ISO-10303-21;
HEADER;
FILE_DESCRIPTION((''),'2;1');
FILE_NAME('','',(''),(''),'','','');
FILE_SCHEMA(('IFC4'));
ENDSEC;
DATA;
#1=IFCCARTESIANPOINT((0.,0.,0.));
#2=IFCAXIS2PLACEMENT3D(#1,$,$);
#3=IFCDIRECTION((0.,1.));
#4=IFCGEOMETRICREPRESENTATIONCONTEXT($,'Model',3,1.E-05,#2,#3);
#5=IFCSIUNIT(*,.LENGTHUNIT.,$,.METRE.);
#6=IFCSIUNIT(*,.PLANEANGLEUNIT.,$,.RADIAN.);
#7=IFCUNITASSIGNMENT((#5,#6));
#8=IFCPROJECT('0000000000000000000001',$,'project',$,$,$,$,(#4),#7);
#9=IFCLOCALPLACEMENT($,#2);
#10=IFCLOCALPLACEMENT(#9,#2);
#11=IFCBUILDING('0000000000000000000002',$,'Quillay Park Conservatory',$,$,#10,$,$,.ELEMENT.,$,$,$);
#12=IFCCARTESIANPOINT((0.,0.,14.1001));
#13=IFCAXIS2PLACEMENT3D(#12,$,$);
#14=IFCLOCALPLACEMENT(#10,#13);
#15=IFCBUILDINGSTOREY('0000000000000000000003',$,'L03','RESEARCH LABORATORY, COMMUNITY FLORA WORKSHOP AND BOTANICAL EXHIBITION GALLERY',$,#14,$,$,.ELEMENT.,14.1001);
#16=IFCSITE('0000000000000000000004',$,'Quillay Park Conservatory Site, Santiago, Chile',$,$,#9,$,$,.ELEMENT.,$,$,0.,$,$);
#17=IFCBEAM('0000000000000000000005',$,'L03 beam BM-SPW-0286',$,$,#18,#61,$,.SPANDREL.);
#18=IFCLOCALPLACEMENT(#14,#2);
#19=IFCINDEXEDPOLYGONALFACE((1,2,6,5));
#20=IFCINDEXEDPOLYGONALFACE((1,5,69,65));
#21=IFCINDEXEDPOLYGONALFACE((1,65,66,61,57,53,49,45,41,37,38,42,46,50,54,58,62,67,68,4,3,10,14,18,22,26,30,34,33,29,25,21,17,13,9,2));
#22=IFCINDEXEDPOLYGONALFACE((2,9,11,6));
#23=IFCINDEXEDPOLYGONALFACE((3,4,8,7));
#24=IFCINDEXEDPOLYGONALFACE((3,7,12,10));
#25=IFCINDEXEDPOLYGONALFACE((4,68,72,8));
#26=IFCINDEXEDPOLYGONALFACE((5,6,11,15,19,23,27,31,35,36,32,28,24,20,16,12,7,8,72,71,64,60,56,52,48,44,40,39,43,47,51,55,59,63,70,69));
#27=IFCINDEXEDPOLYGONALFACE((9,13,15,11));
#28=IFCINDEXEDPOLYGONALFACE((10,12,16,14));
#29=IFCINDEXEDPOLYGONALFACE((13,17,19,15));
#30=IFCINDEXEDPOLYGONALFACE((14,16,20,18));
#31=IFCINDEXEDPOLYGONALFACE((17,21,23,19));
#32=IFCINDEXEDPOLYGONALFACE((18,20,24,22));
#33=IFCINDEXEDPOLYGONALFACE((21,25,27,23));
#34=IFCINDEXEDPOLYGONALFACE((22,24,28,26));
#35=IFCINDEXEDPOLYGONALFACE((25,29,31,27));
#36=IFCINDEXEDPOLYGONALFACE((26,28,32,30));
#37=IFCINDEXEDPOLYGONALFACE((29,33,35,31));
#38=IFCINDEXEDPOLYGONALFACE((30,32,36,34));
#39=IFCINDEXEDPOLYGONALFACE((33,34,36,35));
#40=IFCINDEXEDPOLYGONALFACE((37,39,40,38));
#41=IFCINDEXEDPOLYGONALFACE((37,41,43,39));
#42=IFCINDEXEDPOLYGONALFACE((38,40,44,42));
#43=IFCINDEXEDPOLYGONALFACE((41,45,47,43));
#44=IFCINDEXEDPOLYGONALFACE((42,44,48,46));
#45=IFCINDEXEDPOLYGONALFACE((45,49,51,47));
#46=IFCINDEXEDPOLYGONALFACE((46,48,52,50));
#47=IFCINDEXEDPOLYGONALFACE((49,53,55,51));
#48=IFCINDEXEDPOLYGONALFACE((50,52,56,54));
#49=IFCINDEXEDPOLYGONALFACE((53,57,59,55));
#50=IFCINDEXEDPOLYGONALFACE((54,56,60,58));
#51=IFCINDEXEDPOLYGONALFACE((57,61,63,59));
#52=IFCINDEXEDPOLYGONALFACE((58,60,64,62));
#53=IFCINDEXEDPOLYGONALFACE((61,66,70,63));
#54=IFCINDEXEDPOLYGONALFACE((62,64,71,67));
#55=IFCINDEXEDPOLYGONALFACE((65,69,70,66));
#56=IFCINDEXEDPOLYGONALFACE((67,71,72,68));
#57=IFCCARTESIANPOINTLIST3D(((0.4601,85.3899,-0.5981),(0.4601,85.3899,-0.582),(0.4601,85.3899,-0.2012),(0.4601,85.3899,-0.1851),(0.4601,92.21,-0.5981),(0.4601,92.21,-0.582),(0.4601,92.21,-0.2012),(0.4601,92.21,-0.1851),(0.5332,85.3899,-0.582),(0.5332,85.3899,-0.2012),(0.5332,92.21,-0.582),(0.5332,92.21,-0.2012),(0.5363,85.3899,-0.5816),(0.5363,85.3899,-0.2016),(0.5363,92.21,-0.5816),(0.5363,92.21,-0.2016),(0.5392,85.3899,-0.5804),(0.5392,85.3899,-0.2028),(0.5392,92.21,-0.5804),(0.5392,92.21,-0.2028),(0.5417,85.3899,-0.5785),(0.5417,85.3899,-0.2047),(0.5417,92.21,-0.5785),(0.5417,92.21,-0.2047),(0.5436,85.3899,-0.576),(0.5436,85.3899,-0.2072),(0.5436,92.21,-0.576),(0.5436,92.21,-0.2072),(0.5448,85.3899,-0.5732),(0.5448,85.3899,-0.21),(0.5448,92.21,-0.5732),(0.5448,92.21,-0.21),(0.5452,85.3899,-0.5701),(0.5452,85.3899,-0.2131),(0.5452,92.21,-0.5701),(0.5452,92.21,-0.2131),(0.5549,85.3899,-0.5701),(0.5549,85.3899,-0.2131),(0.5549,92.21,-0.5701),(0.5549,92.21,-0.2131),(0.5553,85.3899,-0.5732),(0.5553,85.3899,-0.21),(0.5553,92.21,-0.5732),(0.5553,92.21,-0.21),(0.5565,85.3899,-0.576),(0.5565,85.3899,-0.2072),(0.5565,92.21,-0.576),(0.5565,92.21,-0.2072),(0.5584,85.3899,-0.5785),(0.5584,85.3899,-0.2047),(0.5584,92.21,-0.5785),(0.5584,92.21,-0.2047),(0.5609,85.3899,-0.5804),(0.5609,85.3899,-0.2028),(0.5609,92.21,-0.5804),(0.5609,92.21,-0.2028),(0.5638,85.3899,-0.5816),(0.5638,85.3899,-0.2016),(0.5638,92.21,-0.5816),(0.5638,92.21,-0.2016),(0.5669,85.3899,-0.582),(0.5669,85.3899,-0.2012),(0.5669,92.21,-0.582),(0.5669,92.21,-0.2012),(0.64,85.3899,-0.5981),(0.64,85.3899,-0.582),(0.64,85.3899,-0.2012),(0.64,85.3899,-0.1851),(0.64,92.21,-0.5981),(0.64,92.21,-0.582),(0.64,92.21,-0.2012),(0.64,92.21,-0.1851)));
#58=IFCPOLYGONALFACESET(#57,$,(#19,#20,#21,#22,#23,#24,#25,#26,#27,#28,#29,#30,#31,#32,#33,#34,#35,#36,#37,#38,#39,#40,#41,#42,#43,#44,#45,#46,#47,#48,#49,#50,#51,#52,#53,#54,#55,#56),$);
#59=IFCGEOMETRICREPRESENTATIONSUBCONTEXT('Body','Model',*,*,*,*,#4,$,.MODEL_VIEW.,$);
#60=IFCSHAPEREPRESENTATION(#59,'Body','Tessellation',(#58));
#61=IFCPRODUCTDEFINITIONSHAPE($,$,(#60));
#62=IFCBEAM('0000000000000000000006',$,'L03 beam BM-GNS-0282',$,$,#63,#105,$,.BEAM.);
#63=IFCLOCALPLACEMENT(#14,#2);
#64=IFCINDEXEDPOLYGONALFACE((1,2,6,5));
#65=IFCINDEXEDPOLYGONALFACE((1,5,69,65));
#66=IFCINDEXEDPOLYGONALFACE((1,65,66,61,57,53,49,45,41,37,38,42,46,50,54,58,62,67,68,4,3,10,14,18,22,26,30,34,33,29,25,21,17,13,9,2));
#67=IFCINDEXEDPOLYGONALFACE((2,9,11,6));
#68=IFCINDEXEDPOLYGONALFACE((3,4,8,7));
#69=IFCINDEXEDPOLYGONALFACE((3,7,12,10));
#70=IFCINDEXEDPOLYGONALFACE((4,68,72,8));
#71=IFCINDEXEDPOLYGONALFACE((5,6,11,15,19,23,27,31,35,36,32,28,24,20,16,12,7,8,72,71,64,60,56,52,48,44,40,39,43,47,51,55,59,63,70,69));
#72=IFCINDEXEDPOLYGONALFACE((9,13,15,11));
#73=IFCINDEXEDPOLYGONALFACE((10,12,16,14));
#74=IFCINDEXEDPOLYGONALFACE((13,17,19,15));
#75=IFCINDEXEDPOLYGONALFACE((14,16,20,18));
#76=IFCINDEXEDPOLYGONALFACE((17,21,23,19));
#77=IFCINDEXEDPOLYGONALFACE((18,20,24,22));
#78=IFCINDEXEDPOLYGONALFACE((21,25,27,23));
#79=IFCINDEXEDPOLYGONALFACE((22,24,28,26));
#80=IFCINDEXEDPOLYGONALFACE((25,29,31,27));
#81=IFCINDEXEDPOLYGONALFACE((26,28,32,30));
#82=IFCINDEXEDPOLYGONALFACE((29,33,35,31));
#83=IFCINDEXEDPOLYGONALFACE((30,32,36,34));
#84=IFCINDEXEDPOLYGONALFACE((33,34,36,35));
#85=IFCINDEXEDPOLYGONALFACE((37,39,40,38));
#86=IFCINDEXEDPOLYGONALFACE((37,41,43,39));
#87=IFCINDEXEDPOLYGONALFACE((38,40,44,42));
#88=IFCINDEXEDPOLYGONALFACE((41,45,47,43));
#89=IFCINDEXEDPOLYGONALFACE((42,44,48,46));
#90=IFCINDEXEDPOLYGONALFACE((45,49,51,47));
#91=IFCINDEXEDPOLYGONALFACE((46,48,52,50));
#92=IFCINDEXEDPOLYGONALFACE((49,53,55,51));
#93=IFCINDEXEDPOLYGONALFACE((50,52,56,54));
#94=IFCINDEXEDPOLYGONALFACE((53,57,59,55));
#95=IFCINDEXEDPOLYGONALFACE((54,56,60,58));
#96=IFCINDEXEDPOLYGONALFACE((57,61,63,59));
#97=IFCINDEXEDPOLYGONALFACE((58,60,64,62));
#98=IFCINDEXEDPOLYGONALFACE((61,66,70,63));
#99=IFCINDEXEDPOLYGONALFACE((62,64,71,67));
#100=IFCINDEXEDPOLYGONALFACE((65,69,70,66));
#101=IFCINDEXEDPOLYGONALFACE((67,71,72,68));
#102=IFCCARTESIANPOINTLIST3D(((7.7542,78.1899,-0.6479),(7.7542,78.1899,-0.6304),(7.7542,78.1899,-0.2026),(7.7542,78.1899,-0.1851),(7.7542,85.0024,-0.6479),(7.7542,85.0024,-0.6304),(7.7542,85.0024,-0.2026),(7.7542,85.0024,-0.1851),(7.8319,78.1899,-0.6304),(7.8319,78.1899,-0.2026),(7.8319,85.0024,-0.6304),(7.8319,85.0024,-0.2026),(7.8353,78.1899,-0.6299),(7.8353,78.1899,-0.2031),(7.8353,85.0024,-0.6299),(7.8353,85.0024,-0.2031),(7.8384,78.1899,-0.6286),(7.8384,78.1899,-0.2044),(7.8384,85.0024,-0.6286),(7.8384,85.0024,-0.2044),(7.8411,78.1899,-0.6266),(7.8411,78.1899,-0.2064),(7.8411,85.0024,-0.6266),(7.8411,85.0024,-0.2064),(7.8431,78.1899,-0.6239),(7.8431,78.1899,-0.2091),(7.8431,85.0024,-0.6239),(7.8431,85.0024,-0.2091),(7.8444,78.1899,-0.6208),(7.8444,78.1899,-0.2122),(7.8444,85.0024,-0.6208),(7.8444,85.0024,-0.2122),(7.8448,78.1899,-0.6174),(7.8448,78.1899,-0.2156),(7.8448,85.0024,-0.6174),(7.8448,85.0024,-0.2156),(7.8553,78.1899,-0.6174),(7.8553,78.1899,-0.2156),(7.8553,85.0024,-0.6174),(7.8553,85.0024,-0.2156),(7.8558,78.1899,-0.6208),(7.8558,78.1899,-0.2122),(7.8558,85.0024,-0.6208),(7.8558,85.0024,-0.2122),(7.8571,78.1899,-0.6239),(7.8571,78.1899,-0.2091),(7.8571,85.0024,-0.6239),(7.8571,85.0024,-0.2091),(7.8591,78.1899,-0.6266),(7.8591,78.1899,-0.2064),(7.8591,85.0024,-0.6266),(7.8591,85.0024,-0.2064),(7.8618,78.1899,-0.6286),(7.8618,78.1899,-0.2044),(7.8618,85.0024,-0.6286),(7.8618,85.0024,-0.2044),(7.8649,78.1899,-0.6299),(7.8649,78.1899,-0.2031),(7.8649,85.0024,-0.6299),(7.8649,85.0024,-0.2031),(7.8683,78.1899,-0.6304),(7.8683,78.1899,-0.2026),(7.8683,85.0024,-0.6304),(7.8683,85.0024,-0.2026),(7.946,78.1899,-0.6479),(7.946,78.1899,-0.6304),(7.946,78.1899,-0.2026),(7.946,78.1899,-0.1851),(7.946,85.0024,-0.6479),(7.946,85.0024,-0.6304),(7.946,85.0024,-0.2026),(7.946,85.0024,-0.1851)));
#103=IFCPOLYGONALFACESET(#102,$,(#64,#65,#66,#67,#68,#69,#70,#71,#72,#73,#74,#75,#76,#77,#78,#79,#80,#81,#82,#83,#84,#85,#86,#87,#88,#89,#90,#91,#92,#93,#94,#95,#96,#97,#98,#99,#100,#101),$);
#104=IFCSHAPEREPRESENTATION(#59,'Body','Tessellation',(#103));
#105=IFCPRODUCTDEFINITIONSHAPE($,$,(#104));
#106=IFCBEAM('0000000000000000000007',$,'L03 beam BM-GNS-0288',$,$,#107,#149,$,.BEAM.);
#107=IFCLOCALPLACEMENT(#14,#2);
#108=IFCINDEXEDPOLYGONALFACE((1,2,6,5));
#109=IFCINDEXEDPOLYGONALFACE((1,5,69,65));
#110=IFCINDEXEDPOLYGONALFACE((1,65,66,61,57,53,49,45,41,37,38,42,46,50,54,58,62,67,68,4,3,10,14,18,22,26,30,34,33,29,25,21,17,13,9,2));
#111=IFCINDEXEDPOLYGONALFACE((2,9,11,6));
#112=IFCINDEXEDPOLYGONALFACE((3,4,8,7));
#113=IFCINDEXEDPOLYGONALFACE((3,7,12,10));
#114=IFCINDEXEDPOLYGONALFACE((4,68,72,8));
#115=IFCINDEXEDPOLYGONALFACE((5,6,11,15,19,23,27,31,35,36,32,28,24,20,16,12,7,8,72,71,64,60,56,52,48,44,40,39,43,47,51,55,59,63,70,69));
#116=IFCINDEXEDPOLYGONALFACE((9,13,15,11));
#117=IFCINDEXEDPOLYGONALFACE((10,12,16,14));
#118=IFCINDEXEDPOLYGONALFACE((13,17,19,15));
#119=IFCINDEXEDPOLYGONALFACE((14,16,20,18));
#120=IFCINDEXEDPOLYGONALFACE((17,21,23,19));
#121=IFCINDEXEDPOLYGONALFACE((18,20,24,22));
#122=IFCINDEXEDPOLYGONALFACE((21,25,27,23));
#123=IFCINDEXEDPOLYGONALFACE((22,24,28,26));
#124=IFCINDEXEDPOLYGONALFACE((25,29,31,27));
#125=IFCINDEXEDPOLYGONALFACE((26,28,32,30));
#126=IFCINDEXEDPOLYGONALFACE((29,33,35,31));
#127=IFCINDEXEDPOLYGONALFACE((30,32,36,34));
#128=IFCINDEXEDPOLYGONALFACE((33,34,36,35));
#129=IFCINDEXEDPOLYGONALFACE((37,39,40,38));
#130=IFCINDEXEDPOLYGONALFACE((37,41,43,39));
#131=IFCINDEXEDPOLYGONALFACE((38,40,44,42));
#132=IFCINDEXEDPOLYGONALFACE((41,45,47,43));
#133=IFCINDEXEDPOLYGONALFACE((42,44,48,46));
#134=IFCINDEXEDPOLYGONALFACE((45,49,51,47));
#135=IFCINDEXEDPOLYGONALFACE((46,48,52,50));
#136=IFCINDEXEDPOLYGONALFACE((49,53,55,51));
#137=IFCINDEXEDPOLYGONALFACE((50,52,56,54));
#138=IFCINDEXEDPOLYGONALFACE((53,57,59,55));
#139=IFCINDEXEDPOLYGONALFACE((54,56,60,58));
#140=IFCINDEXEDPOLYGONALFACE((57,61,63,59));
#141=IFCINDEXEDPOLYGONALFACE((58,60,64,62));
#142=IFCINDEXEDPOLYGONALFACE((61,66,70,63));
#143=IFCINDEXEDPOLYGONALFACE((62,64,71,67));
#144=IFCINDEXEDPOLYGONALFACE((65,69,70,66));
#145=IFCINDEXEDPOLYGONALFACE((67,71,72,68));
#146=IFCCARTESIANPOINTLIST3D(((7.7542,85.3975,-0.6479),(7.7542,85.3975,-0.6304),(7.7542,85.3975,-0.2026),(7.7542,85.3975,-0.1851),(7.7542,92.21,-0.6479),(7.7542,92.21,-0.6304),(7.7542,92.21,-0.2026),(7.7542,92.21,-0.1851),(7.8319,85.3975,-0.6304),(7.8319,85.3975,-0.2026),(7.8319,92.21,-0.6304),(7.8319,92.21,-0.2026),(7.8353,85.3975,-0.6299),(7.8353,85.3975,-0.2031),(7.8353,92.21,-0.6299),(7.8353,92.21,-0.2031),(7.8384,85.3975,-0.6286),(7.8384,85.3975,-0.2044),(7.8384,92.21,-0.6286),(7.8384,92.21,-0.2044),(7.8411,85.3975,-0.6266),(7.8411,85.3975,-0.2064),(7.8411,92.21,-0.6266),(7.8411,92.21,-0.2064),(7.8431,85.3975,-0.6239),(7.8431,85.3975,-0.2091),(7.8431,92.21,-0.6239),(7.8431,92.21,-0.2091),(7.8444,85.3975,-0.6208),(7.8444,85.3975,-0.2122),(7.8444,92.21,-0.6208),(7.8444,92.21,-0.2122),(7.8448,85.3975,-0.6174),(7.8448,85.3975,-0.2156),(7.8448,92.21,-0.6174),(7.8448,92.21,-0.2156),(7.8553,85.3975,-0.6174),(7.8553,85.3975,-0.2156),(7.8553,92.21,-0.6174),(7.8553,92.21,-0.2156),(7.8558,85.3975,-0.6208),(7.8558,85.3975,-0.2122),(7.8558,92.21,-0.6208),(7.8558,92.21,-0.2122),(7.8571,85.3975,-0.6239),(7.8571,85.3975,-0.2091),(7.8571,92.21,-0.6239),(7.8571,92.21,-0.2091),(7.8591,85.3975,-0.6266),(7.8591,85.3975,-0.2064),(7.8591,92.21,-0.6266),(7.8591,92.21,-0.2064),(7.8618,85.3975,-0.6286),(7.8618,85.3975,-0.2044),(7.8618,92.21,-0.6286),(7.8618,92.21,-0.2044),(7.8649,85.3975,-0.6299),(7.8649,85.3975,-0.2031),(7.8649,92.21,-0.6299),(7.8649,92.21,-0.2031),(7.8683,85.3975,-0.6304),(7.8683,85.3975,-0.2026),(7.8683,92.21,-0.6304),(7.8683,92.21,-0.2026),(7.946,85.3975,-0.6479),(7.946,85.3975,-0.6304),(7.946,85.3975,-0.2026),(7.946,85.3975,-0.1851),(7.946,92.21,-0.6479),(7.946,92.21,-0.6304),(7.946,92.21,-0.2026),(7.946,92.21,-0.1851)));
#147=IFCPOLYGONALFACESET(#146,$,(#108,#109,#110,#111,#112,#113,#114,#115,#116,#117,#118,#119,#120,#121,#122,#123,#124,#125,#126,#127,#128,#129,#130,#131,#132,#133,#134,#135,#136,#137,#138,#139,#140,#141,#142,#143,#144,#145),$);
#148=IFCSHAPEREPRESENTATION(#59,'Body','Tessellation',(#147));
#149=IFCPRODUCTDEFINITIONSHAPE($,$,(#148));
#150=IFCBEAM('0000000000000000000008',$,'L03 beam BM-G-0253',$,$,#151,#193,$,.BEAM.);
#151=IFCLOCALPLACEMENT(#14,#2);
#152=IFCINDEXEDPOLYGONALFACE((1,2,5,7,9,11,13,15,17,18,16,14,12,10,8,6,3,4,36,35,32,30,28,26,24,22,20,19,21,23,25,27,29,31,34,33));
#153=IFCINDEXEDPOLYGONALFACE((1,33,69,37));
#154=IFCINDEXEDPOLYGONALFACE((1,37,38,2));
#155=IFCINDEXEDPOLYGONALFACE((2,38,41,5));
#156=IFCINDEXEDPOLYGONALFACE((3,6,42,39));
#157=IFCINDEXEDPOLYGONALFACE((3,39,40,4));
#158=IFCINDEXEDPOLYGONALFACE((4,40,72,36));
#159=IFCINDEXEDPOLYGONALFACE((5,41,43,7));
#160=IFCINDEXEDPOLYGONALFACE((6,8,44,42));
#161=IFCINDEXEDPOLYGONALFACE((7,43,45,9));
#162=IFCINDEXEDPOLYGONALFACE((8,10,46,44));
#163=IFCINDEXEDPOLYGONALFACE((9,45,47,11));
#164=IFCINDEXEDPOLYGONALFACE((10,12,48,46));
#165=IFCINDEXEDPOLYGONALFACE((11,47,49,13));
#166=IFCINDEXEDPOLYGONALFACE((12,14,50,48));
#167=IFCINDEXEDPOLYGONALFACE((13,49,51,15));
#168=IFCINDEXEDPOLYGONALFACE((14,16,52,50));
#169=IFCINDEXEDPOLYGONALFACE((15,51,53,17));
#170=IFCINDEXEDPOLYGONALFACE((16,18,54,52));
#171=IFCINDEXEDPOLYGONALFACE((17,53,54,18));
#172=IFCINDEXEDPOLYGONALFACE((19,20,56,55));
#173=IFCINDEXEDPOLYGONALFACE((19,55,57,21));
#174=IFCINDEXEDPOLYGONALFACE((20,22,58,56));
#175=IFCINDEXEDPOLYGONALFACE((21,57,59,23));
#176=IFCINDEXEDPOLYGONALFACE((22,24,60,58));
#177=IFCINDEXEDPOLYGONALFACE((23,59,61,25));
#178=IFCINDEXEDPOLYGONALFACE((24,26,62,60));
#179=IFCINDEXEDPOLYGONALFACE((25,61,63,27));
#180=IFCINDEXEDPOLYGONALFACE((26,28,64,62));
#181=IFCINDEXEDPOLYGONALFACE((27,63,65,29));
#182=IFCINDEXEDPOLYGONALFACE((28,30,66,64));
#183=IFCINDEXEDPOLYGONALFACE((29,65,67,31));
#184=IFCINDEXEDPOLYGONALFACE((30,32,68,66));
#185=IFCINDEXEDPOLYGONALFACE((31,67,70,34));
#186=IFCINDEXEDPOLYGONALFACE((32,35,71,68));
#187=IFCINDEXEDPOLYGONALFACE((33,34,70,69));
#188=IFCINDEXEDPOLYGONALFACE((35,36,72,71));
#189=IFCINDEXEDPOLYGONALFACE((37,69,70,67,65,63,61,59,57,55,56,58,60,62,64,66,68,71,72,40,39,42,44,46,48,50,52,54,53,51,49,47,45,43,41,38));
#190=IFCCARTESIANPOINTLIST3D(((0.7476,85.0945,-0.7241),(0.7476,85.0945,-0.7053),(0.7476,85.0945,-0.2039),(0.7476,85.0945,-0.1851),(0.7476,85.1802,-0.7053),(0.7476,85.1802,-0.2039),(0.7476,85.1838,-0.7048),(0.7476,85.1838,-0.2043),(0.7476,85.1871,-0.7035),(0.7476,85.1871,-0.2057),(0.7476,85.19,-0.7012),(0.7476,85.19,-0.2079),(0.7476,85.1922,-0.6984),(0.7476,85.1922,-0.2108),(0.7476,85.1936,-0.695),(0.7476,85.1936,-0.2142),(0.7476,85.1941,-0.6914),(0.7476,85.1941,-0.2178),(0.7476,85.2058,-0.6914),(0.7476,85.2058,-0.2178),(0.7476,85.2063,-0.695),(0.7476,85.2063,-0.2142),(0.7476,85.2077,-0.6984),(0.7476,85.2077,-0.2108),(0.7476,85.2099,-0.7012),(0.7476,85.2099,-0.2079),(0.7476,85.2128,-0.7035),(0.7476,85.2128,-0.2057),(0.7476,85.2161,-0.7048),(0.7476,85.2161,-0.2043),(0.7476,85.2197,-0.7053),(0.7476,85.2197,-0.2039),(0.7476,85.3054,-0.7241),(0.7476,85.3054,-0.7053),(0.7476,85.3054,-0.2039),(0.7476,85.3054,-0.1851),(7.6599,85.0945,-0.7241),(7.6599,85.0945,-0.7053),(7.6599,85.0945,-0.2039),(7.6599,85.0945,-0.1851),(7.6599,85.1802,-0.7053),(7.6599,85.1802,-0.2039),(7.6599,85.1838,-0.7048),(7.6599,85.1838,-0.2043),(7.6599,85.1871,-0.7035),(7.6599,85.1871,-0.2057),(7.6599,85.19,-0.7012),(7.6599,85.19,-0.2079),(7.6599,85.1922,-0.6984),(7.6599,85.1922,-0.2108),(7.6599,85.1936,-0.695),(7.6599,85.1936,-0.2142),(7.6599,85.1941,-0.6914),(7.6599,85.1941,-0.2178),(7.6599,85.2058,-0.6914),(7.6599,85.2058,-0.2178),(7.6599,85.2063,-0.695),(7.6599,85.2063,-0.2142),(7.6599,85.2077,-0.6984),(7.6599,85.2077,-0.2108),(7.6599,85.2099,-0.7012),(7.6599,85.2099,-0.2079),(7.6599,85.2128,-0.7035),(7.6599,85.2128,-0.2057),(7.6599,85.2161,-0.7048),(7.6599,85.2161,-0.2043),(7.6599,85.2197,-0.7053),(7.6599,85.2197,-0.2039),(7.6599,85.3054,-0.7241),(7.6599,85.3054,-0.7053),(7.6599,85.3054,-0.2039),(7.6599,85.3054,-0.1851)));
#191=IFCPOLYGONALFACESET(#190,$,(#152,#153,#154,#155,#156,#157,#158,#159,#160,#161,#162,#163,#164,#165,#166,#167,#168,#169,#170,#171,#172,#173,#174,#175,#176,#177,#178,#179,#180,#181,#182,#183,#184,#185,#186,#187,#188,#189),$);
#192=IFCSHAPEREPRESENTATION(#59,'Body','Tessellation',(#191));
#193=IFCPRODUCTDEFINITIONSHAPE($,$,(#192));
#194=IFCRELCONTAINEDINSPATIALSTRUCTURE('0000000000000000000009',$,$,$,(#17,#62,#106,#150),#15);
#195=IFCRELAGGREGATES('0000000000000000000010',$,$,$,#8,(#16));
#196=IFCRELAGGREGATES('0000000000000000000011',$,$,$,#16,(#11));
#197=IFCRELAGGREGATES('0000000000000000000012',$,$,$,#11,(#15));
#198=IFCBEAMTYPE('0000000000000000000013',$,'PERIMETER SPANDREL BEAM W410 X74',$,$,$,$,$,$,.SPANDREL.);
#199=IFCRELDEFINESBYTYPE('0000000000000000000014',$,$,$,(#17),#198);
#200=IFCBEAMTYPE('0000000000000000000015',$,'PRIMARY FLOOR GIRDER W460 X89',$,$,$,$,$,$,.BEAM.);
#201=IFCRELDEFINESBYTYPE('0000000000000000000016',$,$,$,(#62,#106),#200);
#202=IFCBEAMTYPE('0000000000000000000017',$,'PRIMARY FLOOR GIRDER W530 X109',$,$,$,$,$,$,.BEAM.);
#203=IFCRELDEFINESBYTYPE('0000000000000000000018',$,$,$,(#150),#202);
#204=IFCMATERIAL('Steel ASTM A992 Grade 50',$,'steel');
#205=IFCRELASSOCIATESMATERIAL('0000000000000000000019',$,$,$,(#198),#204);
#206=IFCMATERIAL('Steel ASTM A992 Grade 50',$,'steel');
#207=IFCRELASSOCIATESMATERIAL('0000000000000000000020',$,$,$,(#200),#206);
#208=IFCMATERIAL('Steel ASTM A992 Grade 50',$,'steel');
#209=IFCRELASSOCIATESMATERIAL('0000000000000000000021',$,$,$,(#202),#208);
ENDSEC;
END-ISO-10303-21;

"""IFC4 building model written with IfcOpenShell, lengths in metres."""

from ifc_helpers import new_model, si_unit, direction, frame, origin, origin_2d, place, context, subcontext, project, spatial, i_section, extrude, material, material_profile, profile_set, type_object, element, save


model = new_model("IFC4")

# Units and contexts
model_context = context("Model", 3, precision=1e-05, world=origin(), true_north=direction((0.0, 1.0)))
body_context = subcontext(model_context, "Body", "Model", "MODEL_VIEW")
ifc_project = project(units=[si_unit("LENGTHUNIT", "METRE"), si_unit("PLANEANGLEUNIT", "RADIAN")], contexts=[model_context])

# Site, building, storey
site_placement = place(None, origin())
site = spatial("IfcSite", under=ifc_project, at=site_placement, Name="Quillay Park Conservatory Site, Santiago, Chile", CompositionType="ELEMENT", RefElevation=0.0)
building_placement = place(site_placement, origin())
building = spatial("IfcBuilding", under=site, at=building_placement, Name="Quillay Park Conservatory", CompositionType="ELEMENT")
storey_placement = place(building_placement, frame((0.0, 0.0, 14.1001)))
storey = spatial("IfcBuildingStorey", under=building, at=storey_placement, Name="L03", Description="RESEARCH LABORATORY, COMMUNITY FLORA WORKSHOP AND BOTANICAL EXHIBITION GALLERY", CompositionType="ELEMENT", Elevation=14.1001)

# Beams
ifc_material_1 = material(Name="Steel ASTM A992 Grade 50", Category="steel")
ifc_material_profile_1 = material_profile(ifc_material_1, i_section(OverallWidth=0.1799, OverallDepth=0.4131, WebThickness=0.0098, FlangeThickness=0.0161, FilletRadius=0.012, at=origin_2d()), Name="W410x74")
ifc_profile_set_1 = profile_set([ifc_material_profile_1], Name="Steel ASTM A992 Grade 50")
beam_type_1 = type_object("IfcBeamType", Name="PERIMETER SPANDREL BEAM W410 X74", PredefinedType="SPANDREL", material=ifc_profile_set_1)
for number, where, z_axis, x_axis, name in (
    (1, (0.55, 85.3899, -0.3916), (0.0, 1.0, 0.0), (-1.0, 0.0, 0.0), "L03 beam BM-SPW-0286"),
):
    element("IfcBeam", number, at=place(storey_placement, frame(where, z_axis=z_axis, x_axis=x_axis)), inside=storey, type_object=beam_type_1, Name=name, PredefinedType="SPANDREL", context=body_context, shape_type="SweptSolid", body=[
        extrude(i_section(OverallWidth=0.1799, OverallDepth=0.4131, WebThickness=0.0098, FlangeThickness=0.0161, FilletRadius=0.012, at=origin_2d()), origin(), (0.0, 0.0, 1.0), 6.8201),
    ])
ifc_material_2 = material(Name="Steel ASTM A992 Grade 50", Category="steel")
ifc_material_profile_2 = material_profile(ifc_material_2, i_section(OverallWidth=0.1919, OverallDepth=0.4629, WebThickness=0.0105, FlangeThickness=0.0176, FilletRadius=0.0129, at=origin_2d()), Name="W460x89")
ifc_profile_set_2 = profile_set([ifc_material_profile_2], Name="Steel ASTM A992 Grade 50")
beam_type_2 = type_object("IfcBeamType", Name="PRIMARY FLOOR GIRDER W460 X89", PredefinedType="BEAM", material=ifc_profile_set_2)
for number, where, z_axis, x_axis, name in (
    (2, (7.8501, 78.1899, -0.4165), (0.0, 1.0, 0.0), (-1.0, 0.0, 0.0), "L03 beam BM-GNS-0282"),
    (3, (7.8501, 85.3975, -0.4165), (0.0, 1.0, 0.0), (-1.0, 0.0, 0.0), "L03 beam BM-GNS-0288"),
):
    element("IfcBeam", number, at=place(storey_placement, frame(where, z_axis=z_axis, x_axis=x_axis)), inside=storey, type_object=beam_type_2, Name=name, PredefinedType="BEAM", context=body_context, shape_type="SweptSolid", body=[
        extrude(i_section(OverallWidth=0.1919, OverallDepth=0.4629, WebThickness=0.0105, FlangeThickness=0.0176, FilletRadius=0.0129, at=origin_2d()), origin(), (0.0, 0.0, 1.0), 6.8125),
    ])
ifc_material_3 = material(Name="Steel ASTM A992 Grade 50", Category="steel")
ifc_material_profile_3 = material_profile(ifc_material_3, i_section(OverallWidth=0.2109, OverallDepth=0.5391, WebThickness=0.0117, FlangeThickness=0.0188, FilletRadius=0.0139, at=origin_2d()), Name="W530x109")
ifc_profile_set_3 = profile_set([ifc_material_profile_3], Name="Steel ASTM A992 Grade 50")
beam_type_3 = type_object("IfcBeamType", Name="PRIMARY FLOOR GIRDER W530 X109", PredefinedType="BEAM", material=ifc_profile_set_3)
beam_1_placement = place(storey_placement, frame((0.7476, 85.2, -0.4546), z_axis=(1.0, 0.0, 0.0), x_axis=(0.0, 1.0, 0.0)))
element("IfcBeam", 4, at=beam_1_placement, inside=storey, type_object=beam_type_3, Name="L03 beam BM-G-0253", PredefinedType="BEAM", context=body_context, shape_type="SweptSolid", body=[
    extrude(i_section(OverallWidth=0.2109, OverallDepth=0.5391, WebThickness=0.0117, FlangeThickness=0.0188, FilletRadius=0.0139, at=origin_2d()), origin(), (0.0, 0.0, 1.0), 6.9124),
])

save(model, "model.ifc")
